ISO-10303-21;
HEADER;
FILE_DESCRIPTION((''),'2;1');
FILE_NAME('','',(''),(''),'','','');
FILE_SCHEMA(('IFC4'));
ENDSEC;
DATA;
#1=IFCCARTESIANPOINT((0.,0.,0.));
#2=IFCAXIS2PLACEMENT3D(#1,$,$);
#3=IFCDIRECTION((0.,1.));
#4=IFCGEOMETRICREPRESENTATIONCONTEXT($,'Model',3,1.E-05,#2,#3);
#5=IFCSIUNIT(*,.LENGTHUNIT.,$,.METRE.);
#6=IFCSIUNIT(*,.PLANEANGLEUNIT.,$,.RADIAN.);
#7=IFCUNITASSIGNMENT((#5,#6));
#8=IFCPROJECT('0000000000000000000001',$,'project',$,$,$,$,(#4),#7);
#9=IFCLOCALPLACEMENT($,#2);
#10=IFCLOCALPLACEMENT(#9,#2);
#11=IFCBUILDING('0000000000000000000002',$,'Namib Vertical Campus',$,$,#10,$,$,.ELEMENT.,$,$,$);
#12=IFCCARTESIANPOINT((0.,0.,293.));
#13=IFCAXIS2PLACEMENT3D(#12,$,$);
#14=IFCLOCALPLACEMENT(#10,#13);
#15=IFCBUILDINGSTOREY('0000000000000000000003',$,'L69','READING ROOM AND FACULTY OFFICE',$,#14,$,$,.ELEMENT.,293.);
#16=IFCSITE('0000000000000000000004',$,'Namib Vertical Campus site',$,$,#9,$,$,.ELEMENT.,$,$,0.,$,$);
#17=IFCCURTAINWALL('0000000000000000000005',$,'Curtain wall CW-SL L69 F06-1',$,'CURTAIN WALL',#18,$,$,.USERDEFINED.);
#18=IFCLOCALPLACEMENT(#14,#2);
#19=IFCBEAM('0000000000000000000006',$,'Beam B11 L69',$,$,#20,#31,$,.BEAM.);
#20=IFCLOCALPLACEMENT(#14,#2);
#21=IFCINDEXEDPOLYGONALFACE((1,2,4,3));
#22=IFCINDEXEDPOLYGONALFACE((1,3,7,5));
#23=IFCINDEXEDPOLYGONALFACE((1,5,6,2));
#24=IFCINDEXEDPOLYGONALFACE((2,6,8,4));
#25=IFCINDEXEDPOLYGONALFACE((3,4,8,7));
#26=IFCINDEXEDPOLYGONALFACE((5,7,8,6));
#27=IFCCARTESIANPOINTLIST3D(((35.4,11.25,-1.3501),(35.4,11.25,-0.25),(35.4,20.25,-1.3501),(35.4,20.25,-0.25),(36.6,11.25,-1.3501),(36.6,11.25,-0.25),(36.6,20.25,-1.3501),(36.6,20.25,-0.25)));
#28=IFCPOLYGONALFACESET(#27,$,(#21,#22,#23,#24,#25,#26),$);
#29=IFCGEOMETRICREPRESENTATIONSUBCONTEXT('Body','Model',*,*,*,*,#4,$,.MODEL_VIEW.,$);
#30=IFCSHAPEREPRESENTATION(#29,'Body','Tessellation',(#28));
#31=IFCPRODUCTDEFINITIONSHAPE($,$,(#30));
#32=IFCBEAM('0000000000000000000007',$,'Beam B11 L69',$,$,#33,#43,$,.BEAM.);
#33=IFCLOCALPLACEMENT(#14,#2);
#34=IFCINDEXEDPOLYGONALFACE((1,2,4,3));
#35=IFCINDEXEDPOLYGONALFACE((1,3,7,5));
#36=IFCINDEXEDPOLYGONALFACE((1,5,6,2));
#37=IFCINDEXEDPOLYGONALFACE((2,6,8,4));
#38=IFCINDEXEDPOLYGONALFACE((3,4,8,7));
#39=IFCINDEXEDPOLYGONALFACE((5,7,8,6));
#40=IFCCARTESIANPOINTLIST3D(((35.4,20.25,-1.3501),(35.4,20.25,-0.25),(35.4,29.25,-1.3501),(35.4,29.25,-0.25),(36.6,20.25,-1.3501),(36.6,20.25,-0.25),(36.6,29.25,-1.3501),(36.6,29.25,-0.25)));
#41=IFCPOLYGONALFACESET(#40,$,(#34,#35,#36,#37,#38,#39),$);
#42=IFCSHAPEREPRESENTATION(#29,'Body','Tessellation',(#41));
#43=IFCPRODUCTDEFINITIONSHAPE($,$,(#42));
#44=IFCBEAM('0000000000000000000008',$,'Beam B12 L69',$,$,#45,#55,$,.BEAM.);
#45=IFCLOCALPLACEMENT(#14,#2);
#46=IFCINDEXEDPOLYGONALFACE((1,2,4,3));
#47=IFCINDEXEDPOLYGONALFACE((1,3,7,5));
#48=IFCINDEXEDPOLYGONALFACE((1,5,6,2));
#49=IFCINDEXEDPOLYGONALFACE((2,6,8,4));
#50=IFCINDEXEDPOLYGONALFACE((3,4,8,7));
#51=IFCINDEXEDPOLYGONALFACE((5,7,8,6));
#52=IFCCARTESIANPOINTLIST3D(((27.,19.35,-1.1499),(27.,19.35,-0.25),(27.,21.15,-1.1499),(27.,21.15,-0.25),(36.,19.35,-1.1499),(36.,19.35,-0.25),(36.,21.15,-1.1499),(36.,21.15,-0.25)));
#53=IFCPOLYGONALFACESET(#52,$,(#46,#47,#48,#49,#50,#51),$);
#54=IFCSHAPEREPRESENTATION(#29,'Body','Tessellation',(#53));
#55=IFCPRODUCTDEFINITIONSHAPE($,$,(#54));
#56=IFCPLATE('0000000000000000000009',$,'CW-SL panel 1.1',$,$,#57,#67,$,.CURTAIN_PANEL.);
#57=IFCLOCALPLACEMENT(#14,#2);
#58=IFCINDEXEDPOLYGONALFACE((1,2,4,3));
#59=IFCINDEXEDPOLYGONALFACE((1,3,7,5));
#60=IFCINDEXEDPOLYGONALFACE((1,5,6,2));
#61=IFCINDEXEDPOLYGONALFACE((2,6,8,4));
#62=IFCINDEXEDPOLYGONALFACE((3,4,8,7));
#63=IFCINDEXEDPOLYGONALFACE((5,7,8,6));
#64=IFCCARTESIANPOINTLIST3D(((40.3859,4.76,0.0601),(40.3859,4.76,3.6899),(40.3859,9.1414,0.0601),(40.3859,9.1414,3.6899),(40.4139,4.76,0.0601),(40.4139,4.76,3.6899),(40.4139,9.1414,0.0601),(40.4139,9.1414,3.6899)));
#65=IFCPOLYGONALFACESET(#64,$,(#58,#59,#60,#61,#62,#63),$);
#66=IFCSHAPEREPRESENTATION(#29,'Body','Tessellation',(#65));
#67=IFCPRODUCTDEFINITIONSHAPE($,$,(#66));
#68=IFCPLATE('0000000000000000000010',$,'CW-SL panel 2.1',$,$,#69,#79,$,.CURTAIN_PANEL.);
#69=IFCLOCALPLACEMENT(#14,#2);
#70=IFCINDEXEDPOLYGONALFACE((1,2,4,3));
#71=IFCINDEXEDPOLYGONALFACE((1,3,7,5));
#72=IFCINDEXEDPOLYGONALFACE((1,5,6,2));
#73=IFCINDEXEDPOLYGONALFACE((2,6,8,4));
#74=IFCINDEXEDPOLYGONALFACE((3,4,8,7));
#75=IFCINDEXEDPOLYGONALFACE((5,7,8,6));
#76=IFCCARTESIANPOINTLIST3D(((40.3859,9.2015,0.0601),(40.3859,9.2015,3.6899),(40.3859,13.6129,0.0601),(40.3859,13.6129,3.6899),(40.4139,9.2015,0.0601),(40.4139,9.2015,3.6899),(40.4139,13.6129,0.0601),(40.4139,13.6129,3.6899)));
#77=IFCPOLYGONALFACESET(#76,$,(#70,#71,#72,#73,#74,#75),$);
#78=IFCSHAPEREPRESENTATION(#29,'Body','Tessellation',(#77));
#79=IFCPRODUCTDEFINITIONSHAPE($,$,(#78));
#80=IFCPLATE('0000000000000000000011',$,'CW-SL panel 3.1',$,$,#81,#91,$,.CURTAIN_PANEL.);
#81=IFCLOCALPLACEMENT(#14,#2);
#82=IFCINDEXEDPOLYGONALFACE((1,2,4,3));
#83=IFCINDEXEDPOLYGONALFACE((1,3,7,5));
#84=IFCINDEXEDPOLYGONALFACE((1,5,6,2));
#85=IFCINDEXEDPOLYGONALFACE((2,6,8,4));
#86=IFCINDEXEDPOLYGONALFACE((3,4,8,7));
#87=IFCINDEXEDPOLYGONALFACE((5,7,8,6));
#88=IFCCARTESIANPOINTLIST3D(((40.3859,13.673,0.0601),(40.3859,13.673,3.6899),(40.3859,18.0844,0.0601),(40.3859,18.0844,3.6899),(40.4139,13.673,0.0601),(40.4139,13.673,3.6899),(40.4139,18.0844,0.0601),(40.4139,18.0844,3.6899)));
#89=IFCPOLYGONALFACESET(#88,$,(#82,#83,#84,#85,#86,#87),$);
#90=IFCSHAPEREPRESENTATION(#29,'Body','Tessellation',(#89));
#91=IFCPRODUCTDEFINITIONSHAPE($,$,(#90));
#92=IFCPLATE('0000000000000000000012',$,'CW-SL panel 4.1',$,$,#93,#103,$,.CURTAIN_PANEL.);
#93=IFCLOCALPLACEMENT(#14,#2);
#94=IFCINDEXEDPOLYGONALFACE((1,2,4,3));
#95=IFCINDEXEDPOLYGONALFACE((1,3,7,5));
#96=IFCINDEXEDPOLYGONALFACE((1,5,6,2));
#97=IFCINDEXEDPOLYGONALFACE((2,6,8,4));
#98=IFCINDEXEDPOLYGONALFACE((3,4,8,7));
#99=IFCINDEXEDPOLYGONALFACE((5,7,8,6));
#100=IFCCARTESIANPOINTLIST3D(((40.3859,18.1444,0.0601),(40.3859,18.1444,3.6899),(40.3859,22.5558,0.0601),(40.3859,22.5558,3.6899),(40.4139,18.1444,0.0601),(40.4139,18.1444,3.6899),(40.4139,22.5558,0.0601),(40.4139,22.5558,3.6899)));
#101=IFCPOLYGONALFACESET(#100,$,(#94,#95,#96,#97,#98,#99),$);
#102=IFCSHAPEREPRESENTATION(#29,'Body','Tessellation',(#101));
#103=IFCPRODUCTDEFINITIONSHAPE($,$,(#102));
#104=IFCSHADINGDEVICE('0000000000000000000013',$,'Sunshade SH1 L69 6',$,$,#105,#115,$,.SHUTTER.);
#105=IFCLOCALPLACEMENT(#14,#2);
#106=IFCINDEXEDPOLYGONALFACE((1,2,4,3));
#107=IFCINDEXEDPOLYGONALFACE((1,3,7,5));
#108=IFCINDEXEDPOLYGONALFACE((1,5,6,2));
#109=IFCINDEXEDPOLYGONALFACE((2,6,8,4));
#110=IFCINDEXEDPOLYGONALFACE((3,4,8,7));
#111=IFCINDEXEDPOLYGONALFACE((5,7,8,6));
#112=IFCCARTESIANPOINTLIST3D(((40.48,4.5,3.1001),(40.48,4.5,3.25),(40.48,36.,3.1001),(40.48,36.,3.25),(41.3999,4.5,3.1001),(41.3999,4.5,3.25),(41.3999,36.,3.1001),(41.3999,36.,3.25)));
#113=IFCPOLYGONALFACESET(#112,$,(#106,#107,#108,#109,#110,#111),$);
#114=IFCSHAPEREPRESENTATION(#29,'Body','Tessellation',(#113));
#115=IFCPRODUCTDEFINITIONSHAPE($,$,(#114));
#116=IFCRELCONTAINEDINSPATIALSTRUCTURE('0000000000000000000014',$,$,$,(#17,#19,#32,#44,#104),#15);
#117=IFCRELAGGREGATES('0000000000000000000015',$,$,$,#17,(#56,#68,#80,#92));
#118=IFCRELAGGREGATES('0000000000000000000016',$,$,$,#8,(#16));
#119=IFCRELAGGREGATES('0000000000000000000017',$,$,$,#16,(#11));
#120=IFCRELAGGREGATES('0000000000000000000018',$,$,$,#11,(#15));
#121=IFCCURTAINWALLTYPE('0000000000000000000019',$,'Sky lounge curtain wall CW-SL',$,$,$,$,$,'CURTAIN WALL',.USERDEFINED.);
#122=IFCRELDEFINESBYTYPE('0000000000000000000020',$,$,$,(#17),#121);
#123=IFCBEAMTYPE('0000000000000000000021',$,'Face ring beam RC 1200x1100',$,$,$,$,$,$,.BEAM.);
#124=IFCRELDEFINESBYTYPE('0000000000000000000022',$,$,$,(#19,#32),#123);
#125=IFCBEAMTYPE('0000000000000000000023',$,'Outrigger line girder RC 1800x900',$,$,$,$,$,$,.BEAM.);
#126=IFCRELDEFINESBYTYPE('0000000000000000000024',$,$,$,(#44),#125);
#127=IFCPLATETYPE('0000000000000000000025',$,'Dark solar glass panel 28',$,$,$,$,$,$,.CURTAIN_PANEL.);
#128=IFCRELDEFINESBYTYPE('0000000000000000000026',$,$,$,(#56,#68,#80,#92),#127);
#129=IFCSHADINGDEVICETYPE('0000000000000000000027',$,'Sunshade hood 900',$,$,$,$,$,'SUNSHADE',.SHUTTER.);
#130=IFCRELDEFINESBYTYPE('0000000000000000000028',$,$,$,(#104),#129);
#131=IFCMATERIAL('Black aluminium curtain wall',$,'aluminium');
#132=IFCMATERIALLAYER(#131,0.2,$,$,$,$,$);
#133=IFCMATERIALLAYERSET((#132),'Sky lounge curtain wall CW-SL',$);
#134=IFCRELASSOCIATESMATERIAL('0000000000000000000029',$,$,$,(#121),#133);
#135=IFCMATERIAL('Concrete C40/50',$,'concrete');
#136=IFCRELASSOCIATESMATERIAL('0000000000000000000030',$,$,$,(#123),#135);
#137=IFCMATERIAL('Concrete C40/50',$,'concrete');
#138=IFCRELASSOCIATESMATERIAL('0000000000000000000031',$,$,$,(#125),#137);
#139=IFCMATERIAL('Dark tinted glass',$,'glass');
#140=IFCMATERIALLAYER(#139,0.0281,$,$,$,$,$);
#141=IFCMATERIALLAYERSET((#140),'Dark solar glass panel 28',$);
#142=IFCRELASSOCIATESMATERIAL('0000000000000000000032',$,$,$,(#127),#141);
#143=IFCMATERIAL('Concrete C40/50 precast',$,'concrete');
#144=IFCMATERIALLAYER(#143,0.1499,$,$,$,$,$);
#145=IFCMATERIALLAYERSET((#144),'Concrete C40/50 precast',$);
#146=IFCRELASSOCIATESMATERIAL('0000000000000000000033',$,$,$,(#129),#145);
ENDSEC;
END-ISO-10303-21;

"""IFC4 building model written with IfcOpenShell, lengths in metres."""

from ifc_helpers import new_model, si_unit, direction, frame, origin, origin_2d, place, context, subcontext, project, spatial, rectangle, extrude, material, layer, layer_set, material_profile, profile_set, type_object, element, aggregate, save


model = new_model("IFC4")

# Units and contexts
model_context = context("Model", 3, precision=1e-05, world=origin(), true_north=direction((0.0, 1.0)))
body_context = subcontext(model_context, "Body", "Model", "MODEL_VIEW")
ifc_project = project(units=[si_unit("LENGTHUNIT", "METRE"), si_unit("PLANEANGLEUNIT", "RADIAN")], contexts=[model_context])

# Site, building, storey
site_placement = place(None, origin())
site = spatial("IfcSite", under=ifc_project, at=site_placement, Name="Namib Vertical Campus site", CompositionType="ELEMENT", RefElevation=0.0)
building_placement = place(site_placement, origin())
building = spatial("IfcBuilding", under=site, at=building_placement, Name="Namib Vertical Campus", CompositionType="ELEMENT")
storey_placement = place(building_placement, frame((0.0, 0.0, 293.0)))
storey = spatial("IfcBuildingStorey", under=building, at=storey_placement, Name="L69", Description="READING ROOM AND FACULTY OFFICE", CompositionType="ELEMENT", Elevation=293.0)

# Curtain wall
ifc_material_1 = material(Name="Black aluminium curtain wall", Category="aluminium")
ifc_layer_1 = layer(ifc_material_1, 0.2)
ifc_layer_set_1 = layer_set([ifc_layer_1], Name="Sky lounge curtain wall CW-SL")
curtain_wall_type = type_object("IfcCurtainWallType", Name="Sky lounge curtain wall CW-SL", ElementType="CURTAIN WALL", PredefinedType="USERDEFINED", material=ifc_layer_set_1)
curtain_wall_placement = place(storey_placement, origin())
curtain_wall = element("IfcCurtainWall", 1, at=curtain_wall_placement, inside=storey, type_object=curtain_wall_type, Name="Curtain wall CW-SL L69 F06-1", ObjectType="CURTAIN WALL", PredefinedType="USERDEFINED")

# Beams
ifc_material_2 = material(Name="Concrete C40/50", Category="concrete")
ifc_material_profile_1 = material_profile(ifc_material_2, rectangle(XDim=1.2, YDim=1.1001, at=origin_2d()))
ifc_profile_set_1 = profile_set([ifc_material_profile_1], Name="Concrete C40/50")
beam_type_1 = type_object("IfcBeamType", Name="Face ring beam RC 1200x1100", PredefinedType="BEAM", material=ifc_profile_set_1)
for number, where, z_axis, x_axis, name in (
    (2, (36.0, 11.25, -0.8), (0.0, 1.0, 0.0), (-1.0, 0.0, 0.0), "Beam B11 L69"),
    (3, (36.0, 20.25, -0.8), (0.0, 1.0, 0.0), (-1.0, 0.0, 0.0), "Beam B11 L69"),
):
    element("IfcBeam", number, at=place(storey_placement, frame(where, z_axis=z_axis, x_axis=x_axis)), inside=storey, type_object=beam_type_1, Name=name, PredefinedType="BEAM", context=body_context, shape_type="SweptSolid", body=[
        extrude(rectangle(XDim=1.2, YDim=1.1001, at=origin_2d()), origin(), (0.0, 0.0, 1.0), 9.0),
    ])
ifc_material_3 = material(Name="Concrete C40/50", Category="concrete")
ifc_material_profile_2 = material_profile(ifc_material_3, rectangle(XDim=1.8, YDim=0.8999, at=origin_2d()))
ifc_profile_set_2 = profile_set([ifc_material_profile_2], Name="Concrete C40/50")
beam_type_2 = type_object("IfcBeamType", Name="Outrigger line girder RC 1800x900", PredefinedType="BEAM", material=ifc_profile_set_2)
beam_1_placement = place(storey_placement, frame((36.0, 20.25, -0.7), z_axis=(-1.0, 0.0, 0.0), x_axis=(0.0, -1.0, 0.0)))
element("IfcBeam", 4, at=beam_1_placement, inside=storey, type_object=beam_type_2, Name="Beam B12 L69", PredefinedType="BEAM", context=body_context, shape_type="SweptSolid", body=[
    extrude(rectangle(XDim=1.8, YDim=0.8999, at=origin_2d()), origin(), (0.0, 0.0, 1.0), 9.0),
])

# Plates
ifc_material_4 = material(Name="Dark tinted glass", Category="glass")
ifc_layer_2 = layer(ifc_material_4, 0.0281)
ifc_layer_set_2 = layer_set([ifc_layer_2], Name="Dark solar glass panel 28")
plate_type = type_object("IfcPlateType", Name="Dark solar glass panel 28", PredefinedType="CURTAIN_PANEL", material=ifc_layer_set_2)
plate_1_placement = place(storey_placement, frame((40.3999, 6.9507, 0.0601), z_axis=(0.0, 0.0, 1.0), x_axis=(0.0, 1.0, 0.0)))
plate_1 = element("IfcPlate", 5, at=plate_1_placement, type_object=plate_type, Name="CW-SL panel 1.1", PredefinedType="CURTAIN_PANEL", context=body_context, shape_type="SweptSolid", body=[
    extrude(rectangle(XDim=4.3813, YDim=0.0281, at=origin_2d()), origin(), (0.0, 0.0, 1.0), 3.6299),
])
plate_2_placement = place(storey_placement, frame((40.3999, 11.4072, 0.0601), z_axis=(0.0, 0.0, 1.0), x_axis=(0.0, 1.0, 0.0)))
plate_2 = element("IfcPlate", 6, at=plate_2_placement, type_object=plate_type, Name="CW-SL panel 2.1", PredefinedType="CURTAIN_PANEL", context=body_context, shape_type="SweptSolid", body=[
    extrude(rectangle(XDim=4.4114, YDim=0.0281, at=origin_2d()), origin(), (0.0, 0.0, 1.0), 3.6299),
])
plate_3_placement = place(storey_placement, frame((40.3999, 15.8787, 0.0601), z_axis=(0.0, 0.0, 1.0), x_axis=(0.0, 1.0, 0.0)))
plate_3 = element("IfcPlate", 7, at=plate_3_placement, type_object=plate_type, Name="CW-SL panel 3.1", PredefinedType="CURTAIN_PANEL", context=body_context, shape_type="SweptSolid", body=[
    extrude(rectangle(XDim=4.4114, YDim=0.0281, at=origin_2d()), origin(), (0.0, 0.0, 1.0), 3.6299),
])
plate_4_placement = place(storey_placement, frame((40.3999, 20.3501, 0.0601), z_axis=(0.0, 0.0, 1.0), x_axis=(0.0, 1.0, 0.0)))
plate_4 = element("IfcPlate", 8, at=plate_4_placement, type_object=plate_type, Name="CW-SL panel 4.1", PredefinedType="CURTAIN_PANEL", context=body_context, shape_type="SweptSolid", body=[
    extrude(rectangle(XDim=4.4114, YDim=0.0281, at=origin_2d()), origin(), (0.0, 0.0, 1.0), 3.6299),
])
aggregate(curtain_wall, [plate_1, plate_2, plate_3, plate_4])

# Shading device
ifc_material_5 = material(Name="Concrete C40/50 precast", Category="concrete")
ifc_layer_3 = layer(ifc_material_5, 0.1499)
ifc_layer_set_3 = layer_set([ifc_layer_3], Name="Concrete C40/50 precast")
shading_device_type = type_object("IfcShadingDeviceType", Name="Sunshade hood 900", ElementType="SUNSHADE", PredefinedType="SHUTTER", material=ifc_layer_set_3)
shading_device_placement = place(storey_placement, frame((40.9399, 20.25, 3.1001), z_axis=(0.0, 0.0, 1.0), x_axis=(0.0, 1.0, 0.0)))
element("IfcShadingDevice", 9, at=shading_device_placement, inside=storey, type_object=shading_device_type, Name="Sunshade SH1 L69 6", PredefinedType="SHUTTER", context=body_context, shape_type="SweptSolid", body=[
    extrude(rectangle(XDim=31.5, YDim=0.9199, at=origin_2d()), origin(), (0.0, 0.0, 1.0), 0.1499),
])

save(model, "model.ifc")
